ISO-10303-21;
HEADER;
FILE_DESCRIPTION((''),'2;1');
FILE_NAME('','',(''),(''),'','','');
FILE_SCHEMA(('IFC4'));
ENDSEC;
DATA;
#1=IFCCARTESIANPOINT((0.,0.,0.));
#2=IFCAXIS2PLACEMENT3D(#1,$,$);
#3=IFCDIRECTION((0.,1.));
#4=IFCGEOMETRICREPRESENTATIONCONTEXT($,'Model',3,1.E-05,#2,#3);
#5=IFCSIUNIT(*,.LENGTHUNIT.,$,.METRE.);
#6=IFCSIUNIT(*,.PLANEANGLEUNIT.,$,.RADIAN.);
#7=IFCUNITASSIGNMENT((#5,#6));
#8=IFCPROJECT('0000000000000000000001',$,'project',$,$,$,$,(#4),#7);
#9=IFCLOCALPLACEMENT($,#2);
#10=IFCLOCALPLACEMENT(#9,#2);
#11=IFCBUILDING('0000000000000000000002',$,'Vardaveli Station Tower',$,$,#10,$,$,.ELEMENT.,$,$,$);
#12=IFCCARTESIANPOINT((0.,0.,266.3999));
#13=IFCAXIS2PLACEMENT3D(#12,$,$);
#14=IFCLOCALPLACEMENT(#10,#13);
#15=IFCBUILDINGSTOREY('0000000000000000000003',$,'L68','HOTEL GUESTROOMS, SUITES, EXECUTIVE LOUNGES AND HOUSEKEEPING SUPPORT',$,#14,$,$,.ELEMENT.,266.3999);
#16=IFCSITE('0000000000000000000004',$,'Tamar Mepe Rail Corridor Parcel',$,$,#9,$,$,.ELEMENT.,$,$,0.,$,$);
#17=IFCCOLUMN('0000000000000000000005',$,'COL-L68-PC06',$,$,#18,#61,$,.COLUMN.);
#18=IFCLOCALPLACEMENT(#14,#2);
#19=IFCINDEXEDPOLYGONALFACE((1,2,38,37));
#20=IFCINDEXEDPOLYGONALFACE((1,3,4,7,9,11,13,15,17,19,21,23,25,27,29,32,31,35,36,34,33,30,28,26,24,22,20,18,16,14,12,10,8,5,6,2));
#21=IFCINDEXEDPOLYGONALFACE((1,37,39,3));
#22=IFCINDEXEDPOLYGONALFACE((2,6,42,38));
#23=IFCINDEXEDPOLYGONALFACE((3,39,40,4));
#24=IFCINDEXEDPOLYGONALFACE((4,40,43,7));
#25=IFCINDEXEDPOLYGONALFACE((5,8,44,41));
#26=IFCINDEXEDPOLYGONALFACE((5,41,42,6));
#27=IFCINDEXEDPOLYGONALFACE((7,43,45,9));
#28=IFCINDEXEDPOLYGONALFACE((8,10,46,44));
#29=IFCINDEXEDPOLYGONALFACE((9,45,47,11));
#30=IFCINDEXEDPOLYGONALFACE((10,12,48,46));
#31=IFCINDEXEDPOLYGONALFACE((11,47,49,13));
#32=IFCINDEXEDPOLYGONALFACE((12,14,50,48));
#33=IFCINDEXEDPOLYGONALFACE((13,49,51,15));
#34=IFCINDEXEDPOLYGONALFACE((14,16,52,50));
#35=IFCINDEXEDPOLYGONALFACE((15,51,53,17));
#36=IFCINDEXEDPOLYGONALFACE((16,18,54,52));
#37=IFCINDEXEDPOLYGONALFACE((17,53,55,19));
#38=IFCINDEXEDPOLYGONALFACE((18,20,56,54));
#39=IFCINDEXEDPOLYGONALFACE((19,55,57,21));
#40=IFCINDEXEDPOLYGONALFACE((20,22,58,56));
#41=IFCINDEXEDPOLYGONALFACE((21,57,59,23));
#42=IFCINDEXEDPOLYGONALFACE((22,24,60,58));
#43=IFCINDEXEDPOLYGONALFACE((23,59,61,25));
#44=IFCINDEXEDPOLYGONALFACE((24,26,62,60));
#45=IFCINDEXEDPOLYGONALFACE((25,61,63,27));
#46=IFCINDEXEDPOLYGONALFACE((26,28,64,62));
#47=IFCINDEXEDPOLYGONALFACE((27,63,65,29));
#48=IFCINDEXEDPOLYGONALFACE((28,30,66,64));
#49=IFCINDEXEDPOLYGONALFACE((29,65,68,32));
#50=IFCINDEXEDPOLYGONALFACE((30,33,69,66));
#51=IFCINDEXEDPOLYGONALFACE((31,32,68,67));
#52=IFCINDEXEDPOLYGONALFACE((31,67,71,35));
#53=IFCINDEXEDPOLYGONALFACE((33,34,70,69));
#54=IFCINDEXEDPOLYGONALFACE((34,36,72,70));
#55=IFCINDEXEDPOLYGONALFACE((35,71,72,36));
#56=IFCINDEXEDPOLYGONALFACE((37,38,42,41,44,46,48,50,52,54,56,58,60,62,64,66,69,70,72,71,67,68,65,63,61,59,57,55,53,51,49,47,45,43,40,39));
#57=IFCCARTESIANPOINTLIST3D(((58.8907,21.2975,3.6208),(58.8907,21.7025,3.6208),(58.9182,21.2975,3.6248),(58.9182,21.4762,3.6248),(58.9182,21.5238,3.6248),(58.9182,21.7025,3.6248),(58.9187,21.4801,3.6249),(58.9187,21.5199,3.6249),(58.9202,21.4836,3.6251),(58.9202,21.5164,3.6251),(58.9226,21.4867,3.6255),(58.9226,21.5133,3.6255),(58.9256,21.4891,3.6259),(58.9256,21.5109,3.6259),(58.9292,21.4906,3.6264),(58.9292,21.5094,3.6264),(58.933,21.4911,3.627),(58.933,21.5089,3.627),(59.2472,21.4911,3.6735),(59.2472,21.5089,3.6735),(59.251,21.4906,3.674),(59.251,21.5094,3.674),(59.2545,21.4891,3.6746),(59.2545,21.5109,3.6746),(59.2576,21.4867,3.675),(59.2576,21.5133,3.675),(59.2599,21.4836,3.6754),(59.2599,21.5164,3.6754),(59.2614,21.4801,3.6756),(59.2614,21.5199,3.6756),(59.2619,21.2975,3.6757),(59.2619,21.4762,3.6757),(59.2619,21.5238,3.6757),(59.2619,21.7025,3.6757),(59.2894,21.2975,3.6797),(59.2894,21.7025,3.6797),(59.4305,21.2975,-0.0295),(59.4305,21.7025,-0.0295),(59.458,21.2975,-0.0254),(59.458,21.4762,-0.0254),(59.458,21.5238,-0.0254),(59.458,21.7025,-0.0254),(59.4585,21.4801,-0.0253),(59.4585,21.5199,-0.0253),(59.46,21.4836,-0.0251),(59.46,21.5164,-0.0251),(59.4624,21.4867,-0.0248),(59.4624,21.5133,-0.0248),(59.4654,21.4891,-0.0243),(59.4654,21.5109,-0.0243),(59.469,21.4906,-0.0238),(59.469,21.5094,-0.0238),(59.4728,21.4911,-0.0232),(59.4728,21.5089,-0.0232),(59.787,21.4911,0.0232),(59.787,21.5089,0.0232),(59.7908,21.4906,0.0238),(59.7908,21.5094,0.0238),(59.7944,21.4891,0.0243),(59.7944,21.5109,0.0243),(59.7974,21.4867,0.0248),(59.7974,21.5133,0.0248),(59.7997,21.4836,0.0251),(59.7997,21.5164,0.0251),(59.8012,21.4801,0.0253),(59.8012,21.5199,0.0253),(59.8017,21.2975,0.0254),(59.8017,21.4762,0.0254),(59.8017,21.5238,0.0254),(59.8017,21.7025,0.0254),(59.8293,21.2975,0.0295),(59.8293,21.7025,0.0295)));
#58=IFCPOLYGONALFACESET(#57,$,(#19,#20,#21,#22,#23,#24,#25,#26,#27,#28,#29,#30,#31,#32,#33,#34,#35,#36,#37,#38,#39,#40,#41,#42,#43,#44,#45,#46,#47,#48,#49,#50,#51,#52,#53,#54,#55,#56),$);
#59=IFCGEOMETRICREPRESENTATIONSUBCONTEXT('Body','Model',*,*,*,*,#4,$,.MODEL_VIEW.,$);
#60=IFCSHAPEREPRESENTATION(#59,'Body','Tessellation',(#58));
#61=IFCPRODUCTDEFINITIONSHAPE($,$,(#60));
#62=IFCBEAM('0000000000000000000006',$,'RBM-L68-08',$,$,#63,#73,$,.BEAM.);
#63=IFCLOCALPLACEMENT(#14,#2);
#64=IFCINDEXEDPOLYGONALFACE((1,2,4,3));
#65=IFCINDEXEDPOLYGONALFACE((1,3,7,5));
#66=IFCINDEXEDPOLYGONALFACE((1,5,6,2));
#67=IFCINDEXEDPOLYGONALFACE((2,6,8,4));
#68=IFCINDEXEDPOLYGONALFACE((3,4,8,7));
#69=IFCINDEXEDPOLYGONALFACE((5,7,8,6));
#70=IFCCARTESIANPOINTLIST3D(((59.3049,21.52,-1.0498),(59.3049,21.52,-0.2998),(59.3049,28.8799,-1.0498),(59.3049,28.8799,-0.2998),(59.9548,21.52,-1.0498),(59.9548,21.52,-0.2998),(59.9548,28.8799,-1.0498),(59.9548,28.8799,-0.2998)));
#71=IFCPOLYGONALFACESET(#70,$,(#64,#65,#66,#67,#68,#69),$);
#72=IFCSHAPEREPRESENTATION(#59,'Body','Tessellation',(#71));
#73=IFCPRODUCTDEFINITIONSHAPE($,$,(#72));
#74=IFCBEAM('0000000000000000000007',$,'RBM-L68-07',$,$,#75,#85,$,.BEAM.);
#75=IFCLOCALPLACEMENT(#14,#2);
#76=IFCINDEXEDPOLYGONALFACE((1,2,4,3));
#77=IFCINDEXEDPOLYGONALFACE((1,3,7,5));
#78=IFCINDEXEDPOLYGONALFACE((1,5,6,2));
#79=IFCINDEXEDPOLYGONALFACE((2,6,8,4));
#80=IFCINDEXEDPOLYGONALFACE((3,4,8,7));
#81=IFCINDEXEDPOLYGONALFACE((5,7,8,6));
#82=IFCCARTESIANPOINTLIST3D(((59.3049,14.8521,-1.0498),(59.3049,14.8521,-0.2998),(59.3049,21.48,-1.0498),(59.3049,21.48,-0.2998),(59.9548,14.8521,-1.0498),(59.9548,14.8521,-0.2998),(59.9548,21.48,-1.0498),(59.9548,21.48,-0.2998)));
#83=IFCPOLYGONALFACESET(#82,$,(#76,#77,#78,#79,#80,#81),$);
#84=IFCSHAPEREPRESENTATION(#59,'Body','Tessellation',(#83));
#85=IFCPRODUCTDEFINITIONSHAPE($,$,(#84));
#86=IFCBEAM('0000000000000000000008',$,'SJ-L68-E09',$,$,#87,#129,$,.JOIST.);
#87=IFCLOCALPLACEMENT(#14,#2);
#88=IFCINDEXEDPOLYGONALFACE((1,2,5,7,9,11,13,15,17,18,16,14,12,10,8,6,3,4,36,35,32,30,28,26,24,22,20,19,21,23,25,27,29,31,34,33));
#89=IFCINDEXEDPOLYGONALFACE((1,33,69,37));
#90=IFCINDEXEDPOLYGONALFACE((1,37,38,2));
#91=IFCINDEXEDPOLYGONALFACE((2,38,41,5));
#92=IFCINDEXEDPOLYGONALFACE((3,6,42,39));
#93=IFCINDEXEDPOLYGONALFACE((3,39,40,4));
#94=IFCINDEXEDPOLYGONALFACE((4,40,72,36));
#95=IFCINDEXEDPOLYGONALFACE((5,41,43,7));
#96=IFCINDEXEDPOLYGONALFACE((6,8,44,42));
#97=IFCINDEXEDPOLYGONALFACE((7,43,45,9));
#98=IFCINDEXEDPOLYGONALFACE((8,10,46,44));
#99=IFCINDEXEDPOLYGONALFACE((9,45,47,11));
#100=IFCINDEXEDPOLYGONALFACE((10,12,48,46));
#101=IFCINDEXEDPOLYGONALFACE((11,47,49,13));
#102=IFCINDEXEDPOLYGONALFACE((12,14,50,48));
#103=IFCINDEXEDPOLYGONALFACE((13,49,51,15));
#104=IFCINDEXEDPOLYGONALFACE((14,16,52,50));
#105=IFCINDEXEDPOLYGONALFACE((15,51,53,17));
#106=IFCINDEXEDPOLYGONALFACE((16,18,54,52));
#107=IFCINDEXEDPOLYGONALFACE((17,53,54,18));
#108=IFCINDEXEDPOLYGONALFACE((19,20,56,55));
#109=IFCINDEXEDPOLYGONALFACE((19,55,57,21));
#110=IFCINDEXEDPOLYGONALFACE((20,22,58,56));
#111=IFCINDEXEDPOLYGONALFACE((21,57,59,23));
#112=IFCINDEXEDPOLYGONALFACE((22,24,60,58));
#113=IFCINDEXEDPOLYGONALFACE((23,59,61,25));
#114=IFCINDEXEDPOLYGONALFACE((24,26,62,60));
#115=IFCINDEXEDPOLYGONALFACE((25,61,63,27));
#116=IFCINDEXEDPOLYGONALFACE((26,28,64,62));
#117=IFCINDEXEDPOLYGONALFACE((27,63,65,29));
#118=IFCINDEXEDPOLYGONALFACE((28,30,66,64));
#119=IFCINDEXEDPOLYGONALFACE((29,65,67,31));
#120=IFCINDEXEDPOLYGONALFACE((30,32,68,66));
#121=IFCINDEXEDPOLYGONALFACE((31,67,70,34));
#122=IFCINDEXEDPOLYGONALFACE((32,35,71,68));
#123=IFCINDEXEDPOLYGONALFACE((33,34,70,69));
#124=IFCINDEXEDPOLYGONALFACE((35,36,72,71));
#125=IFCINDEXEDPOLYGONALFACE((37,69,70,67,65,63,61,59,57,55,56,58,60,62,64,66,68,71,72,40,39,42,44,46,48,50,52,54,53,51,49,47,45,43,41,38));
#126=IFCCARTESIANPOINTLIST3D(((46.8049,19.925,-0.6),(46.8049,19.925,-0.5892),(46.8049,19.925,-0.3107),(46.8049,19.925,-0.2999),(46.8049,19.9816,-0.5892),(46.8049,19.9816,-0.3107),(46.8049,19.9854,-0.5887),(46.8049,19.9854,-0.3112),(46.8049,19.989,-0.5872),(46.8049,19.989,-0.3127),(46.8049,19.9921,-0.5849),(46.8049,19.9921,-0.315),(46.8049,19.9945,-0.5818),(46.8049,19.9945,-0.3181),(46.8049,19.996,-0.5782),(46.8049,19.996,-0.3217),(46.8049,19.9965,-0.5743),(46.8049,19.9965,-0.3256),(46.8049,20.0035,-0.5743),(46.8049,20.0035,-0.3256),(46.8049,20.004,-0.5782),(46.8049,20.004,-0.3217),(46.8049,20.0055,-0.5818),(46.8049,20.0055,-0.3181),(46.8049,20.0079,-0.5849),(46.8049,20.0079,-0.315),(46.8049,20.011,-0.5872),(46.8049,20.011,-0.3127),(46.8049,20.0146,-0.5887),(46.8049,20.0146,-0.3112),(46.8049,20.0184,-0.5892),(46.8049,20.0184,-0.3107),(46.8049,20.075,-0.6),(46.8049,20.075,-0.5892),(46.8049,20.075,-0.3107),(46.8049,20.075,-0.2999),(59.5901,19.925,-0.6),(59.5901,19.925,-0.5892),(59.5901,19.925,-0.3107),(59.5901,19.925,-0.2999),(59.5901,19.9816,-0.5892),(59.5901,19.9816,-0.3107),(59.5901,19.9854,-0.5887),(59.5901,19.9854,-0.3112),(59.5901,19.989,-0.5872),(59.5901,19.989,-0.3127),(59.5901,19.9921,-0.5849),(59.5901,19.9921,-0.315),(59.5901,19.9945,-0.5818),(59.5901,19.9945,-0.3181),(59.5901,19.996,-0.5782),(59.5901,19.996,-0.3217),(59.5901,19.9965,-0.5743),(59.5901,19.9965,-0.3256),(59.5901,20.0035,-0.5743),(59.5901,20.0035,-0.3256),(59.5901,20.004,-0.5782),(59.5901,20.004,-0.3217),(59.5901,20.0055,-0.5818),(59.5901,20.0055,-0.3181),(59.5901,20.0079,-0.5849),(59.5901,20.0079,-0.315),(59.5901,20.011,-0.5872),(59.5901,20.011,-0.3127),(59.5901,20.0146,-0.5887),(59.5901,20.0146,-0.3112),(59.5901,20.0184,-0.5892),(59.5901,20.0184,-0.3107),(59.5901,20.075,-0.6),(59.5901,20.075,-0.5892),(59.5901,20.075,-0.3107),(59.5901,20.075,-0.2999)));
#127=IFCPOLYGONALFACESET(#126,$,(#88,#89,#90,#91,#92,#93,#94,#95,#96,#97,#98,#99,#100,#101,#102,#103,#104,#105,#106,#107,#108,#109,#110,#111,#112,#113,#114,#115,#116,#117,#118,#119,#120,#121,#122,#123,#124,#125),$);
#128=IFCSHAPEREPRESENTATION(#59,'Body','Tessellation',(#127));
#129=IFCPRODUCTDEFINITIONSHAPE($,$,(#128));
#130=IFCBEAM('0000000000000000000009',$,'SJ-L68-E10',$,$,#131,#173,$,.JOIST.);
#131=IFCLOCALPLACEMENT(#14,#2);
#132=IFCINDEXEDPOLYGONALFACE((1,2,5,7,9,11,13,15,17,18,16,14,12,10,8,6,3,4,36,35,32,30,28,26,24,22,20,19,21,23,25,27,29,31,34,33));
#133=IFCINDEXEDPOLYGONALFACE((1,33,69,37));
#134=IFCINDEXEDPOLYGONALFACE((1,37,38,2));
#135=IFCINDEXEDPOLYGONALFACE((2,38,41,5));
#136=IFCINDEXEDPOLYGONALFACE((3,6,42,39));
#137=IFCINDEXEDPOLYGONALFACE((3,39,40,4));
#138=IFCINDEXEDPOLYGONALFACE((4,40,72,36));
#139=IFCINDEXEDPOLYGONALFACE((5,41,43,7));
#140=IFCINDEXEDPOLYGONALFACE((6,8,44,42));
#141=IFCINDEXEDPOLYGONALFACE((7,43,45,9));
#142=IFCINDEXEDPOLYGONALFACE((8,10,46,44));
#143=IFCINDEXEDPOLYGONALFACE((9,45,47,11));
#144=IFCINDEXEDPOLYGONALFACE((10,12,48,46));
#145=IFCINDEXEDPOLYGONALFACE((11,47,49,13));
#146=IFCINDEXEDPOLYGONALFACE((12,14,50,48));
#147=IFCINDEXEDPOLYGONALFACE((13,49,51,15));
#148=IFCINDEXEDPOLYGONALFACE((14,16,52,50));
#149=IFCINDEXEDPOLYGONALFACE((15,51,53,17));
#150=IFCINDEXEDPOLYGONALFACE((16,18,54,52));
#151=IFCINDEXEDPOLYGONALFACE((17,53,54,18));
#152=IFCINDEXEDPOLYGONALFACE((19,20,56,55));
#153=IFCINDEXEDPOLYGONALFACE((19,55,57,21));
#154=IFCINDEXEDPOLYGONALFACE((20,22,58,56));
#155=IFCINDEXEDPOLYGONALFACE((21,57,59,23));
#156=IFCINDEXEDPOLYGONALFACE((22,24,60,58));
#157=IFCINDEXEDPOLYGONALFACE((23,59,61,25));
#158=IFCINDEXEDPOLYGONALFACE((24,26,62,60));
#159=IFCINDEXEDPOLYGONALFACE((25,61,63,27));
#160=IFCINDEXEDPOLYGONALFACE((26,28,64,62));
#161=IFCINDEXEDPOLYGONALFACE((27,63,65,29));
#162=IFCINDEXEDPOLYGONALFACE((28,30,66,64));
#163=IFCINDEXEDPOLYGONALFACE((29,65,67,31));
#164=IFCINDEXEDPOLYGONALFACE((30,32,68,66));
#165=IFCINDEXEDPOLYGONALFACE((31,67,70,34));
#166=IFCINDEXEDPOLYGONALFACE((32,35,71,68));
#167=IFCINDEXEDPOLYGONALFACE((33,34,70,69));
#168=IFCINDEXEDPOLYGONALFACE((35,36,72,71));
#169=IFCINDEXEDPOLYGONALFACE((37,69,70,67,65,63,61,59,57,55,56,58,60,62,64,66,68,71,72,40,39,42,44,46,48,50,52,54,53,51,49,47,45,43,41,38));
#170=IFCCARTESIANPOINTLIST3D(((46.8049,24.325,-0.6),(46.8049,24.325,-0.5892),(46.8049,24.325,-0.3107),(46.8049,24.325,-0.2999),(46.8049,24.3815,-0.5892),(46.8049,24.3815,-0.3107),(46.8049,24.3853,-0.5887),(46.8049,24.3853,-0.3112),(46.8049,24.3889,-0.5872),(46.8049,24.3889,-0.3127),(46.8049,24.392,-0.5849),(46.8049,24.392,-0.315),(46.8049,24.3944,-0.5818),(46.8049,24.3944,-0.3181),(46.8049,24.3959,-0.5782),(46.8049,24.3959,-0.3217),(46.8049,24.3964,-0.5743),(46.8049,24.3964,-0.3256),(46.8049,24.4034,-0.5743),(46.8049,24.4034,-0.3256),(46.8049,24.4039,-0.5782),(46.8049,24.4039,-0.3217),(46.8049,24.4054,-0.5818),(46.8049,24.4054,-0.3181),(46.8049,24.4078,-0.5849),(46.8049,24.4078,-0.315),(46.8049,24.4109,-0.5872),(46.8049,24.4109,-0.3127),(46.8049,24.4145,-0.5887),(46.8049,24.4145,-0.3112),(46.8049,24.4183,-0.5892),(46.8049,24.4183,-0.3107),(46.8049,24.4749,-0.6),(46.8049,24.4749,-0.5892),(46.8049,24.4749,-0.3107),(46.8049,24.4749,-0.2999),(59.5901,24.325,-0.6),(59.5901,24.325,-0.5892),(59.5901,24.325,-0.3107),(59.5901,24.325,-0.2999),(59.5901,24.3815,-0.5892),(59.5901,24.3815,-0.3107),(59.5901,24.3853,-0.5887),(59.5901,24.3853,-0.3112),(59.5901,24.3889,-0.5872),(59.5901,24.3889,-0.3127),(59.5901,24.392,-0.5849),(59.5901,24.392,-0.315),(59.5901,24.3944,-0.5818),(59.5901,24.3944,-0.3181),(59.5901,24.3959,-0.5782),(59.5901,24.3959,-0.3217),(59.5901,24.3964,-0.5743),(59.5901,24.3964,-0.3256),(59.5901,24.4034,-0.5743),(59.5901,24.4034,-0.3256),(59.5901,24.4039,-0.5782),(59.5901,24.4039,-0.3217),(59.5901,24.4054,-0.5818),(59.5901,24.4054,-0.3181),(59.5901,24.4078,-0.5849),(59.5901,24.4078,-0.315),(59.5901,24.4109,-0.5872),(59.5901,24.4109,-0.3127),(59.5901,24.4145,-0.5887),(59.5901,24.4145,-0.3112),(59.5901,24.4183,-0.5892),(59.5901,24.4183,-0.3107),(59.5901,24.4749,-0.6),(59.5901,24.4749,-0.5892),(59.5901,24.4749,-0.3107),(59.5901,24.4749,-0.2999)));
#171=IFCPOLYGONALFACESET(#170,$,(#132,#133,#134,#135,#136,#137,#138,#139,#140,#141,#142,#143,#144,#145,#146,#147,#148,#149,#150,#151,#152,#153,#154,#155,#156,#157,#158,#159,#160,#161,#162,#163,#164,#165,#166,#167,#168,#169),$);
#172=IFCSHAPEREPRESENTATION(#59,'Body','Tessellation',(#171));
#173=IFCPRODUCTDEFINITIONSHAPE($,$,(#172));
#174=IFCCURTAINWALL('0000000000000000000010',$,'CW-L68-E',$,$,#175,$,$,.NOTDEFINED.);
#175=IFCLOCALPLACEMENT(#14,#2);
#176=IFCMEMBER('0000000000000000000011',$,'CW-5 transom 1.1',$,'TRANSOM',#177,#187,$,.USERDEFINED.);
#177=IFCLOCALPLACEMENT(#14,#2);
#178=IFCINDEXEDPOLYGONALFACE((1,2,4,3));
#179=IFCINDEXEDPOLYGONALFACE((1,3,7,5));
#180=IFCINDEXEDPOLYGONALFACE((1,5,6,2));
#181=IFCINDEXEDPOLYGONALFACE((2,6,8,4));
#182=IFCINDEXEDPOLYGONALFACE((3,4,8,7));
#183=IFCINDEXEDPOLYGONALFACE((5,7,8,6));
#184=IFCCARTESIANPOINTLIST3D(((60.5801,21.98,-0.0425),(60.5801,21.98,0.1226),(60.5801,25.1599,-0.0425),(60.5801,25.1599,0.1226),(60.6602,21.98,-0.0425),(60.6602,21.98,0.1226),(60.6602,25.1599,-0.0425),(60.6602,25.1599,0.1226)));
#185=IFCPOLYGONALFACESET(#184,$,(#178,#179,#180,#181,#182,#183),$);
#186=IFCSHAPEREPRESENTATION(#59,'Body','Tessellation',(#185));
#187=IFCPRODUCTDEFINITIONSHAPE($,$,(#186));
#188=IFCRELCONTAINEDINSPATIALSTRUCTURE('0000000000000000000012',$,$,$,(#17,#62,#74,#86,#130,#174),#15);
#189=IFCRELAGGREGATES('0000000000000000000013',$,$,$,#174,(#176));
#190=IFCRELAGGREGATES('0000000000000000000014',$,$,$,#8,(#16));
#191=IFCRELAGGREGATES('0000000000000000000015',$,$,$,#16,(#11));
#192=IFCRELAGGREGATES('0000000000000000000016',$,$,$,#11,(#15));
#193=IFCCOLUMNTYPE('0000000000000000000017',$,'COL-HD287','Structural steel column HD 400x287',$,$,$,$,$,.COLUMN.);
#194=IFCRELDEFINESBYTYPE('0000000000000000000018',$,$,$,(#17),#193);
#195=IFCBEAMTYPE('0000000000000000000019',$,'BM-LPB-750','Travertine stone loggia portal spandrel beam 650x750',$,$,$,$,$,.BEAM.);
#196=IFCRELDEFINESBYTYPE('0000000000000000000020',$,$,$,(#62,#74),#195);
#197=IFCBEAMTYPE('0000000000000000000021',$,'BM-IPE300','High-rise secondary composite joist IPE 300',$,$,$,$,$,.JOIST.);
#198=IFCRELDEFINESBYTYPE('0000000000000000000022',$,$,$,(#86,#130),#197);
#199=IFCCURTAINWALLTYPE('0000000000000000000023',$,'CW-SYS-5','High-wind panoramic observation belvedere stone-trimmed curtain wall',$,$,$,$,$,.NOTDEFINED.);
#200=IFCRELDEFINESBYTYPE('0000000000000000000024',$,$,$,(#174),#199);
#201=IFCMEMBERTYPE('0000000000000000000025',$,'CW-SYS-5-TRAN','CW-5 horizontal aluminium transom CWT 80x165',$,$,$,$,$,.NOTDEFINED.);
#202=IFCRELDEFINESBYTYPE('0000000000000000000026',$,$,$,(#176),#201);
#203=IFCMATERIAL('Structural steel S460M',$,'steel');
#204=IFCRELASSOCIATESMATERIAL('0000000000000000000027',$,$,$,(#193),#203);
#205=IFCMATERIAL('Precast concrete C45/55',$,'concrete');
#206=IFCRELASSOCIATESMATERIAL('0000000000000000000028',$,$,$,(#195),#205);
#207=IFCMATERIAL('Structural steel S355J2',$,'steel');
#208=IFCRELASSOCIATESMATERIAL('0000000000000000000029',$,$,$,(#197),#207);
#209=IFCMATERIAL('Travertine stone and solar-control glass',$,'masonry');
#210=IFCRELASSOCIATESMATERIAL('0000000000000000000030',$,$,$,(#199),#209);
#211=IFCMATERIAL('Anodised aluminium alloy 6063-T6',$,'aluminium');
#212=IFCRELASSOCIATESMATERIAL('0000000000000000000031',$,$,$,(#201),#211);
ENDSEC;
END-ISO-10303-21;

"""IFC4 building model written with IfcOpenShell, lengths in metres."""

from ifc_helpers import new_model, si_unit, direction, frame, origin, origin_2d, place, context, subcontext, project, spatial, rectangle, i_section, extrude, source, transform, mapped, material, material_profile, profile_set, type_object, element, aggregate, save


model = new_model("IFC4")

# Units and contexts
model_context = context("Model", 3, precision=1e-05, world=origin(), true_north=direction((0.0, 1.0)))
body_context = subcontext(model_context, "Body", "Model", "MODEL_VIEW")
ifc_project = project(units=[si_unit("LENGTHUNIT", "METRE"), si_unit("PLANEANGLEUNIT", "RADIAN")], contexts=[model_context])

# Site, building, storey
site_placement = place(None, origin())
site = spatial("IfcSite", under=ifc_project, at=site_placement, Name="Tamar Mepe Rail Corridor Parcel", CompositionType="ELEMENT", RefElevation=0.0)
building_placement = place(site_placement, origin())
building = spatial("IfcBuilding", under=site, at=building_placement, Name="Vardaveli Station Tower", CompositionType="ELEMENT")
storey_placement = place(building_placement, frame((0.0, 0.0, 266.3999)))
storey = spatial("IfcBuildingStorey", under=building, at=storey_placement, Name="L68", Description="HOTEL GUESTROOMS, SUITES, EXECUTIVE LOUNGES AND HOUSEKEEPING SUPPORT", CompositionType="ELEMENT", Elevation=266.3999)

# Column
ifc_material_1 = material(Name="Structural steel S460M", Category="steel")
ifc_material_profile_1 = material_profile(ifc_material_1, i_section(OverallWidth=0.405, OverallDepth=0.4031, WebThickness=0.0178, FlangeThickness=0.0278, FilletRadius=0.0149, at=origin_2d()), Name="HD 400x287")
ifc_profile_set_1 = profile_set([ifc_material_profile_1], Name="Structural steel S460M")
column_type = type_object("IfcColumnType", Name="COL-HD287", Description="Structural steel column HD 400x287", PredefinedType="COLUMN", material=ifc_profile_set_1)
shared_shape_1 = source(origin(), body_context, "Body", "SweptSolid", [
    extrude(i_section(OverallWidth=0.405, OverallDepth=0.4031, WebThickness=0.0178, FlangeThickness=0.0278, FilletRadius=0.0149, at=origin_2d()), origin(), (0.0, 0.0, 1.0), 3.6899),
])
column_placement = place(storey_placement, frame((59.6299, 21.5, 0.0), z_axis=(-0.146292, 0.0, 0.989241), x_axis=(0.0, -1.0, 0.0)))
element("IfcColumn", 1, at=column_placement, inside=storey, type_object=column_type, Name="COL-L68-PC06", PredefinedType="COLUMN", context=body_context, shape_type="MappedRepresentation", body=[
    mapped(shared_shape_1, transform((0.0, 0.0, 0.0), scale=1.0)),
])

# Beams
ifc_material_2 = material(Name="Precast concrete C45/55", Category="concrete")
ifc_material_profile_2 = material_profile(ifc_material_2, rectangle(XDim=0.6499, YDim=0.75, at=origin_2d()), Name="LPB 650x750")
ifc_profile_set_2 = profile_set([ifc_material_profile_2], Name="Precast concrete C45/55")
beam_type_1 = type_object("IfcBeamType", Name="BM-LPB-750", Description="Travertine stone loggia portal spandrel beam 650x750", PredefinedType="BEAM", material=ifc_profile_set_2)
shared_shape_2 = source(origin(), body_context, "Body", "SweptSolid", [
    extrude(rectangle(XDim=0.6499, YDim=0.75, at=origin_2d()), origin(), (0.0, 0.0, 1.0), 7.3599),
])
beam_1_placement = place(storey_placement, frame((59.6299, 21.52, -0.6748), z_axis=(0.0, 1.0, 0.0), x_axis=(-1.0, 0.0, 0.0)))
element("IfcBeam", 2, at=beam_1_placement, inside=storey, type_object=beam_type_1, Name="RBM-L68-08", PredefinedType="BEAM", context=body_context, shape_type="MappedRepresentation", body=[
    mapped(shared_shape_2, transform((0.0, 0.0, 0.0), scale=1.0)),
])
shared_shape_3 = source(origin(), body_context, "Body", "SweptSolid", [
    extrude(rectangle(XDim=0.6499, YDim=0.75, at=origin_2d()), origin(), (0.0, 0.0, 1.0), 6.6279),
])
beam_2_placement = place(storey_placement, frame((59.6299, 14.8521, -0.6748), z_axis=(0.0, 1.0, 0.0), x_axis=(-1.0, 0.0, 0.0)))
element("IfcBeam", 3, at=beam_2_placement, inside=storey, type_object=beam_type_1, Name="RBM-L68-07", PredefinedType="BEAM", context=body_context, shape_type="MappedRepresentation", body=[
    mapped(shared_shape_3, transform((0.0, 0.0, 0.0), scale=1.0)),
])
ifc_material_3 = material(Name="Structural steel S355J2", Category="steel")
ifc_material_profile_3 = material_profile(ifc_material_3, i_section(OverallWidth=0.1499, OverallDepth=0.3, WebThickness=0.0071, FlangeThickness=0.0107, FilletRadius=0.0149, at=origin_2d()), Name="IPE 300")
ifc_profile_set_3 = profile_set([ifc_material_profile_3], Name="Structural steel S355J2")
beam_type_2 = type_object("IfcBeamType", Name="BM-IPE300", Description="High-rise secondary composite joist IPE 300", PredefinedType="JOIST", material=ifc_profile_set_3)
shared_shape_4 = source(origin(), body_context, "Body", "SweptSolid", [
    extrude(i_section(OverallWidth=0.1499, OverallDepth=0.3, WebThickness=0.0071, FlangeThickness=0.0107, FilletRadius=0.0149, at=origin_2d()), origin(), (0.0, 0.0, 1.0), 12.7852),
])
for number, where, z_axis, x_axis, name in (
    (4, (46.8049, 20.0, -0.45), (1.0, 0.0, 0.0), (0.0, 1.0, 0.0), "SJ-L68-E09"),
    (5, (46.8049, 24.3999, -0.45), (1.0, 0.0, 0.0), (0.0, 1.0, 0.0), "SJ-L68-E10"),
):
    element("IfcBeam", number, at=place(storey_placement, frame(where, z_axis=z_axis, x_axis=x_axis)), inside=storey, type_object=beam_type_2, Name=name, PredefinedType="JOIST", context=body_context, shape_type="MappedRepresentation", body=[
        mapped(shared_shape_4, transform((0.0, 0.0, 0.0), scale=1.0)),
    ])

# Curtain wall, member
ifc_material_4 = material(Name="Travertine stone and solar-control glass", Category="masonry")
curtain_wall_type = type_object("IfcCurtainWallType", Name="CW-SYS-5", Description="High-wind panoramic observation belvedere stone-trimmed curtain wall", PredefinedType="NOTDEFINED", material=ifc_material_4)
curtain_wall_placement = place(storey_placement, origin())
curtain_wall = element("IfcCurtainWall", 6, at=curtain_wall_placement, inside=storey, type_object=curtain_wall_type, Name="CW-L68-E", PredefinedType="NOTDEFINED")
ifc_material_5 = material(Name="Anodised aluminium alloy 6063-T6", Category="aluminium")
ifc_material_profile_4 = material_profile(ifc_material_5, rectangle(XDim=0.0801, YDim=0.165, at=origin_2d()), Name="CWT 80x165")
ifc_profile_set_4 = profile_set([ifc_material_profile_4], Name="Anodised aluminium alloy 6063-T6")
member_type_1 = type_object("IfcMemberType", Name="CW-SYS-5-TRAN", Description="CW-5 horizontal aluminium transom CWT 80x165", PredefinedType="NOTDEFINED", material=ifc_profile_set_4)
shared_shape_5 = source(origin(), body_context, "Body", "SweptSolid", [
    extrude(rectangle(XDim=0.0801, YDim=0.165, at=origin_2d()), origin(), (0.0, 0.0, 1.0), 3.1799),
])
member_1_placement = place(storey_placement, frame((60.6201, 21.98, 0.04), z_axis=(0.0, 1.0, 0.0), x_axis=(-1.0, 0.0, 0.0)))
member_1 = element("IfcMember", 7, at=member_1_placement, type_object=member_type_1, Name="CW-5 transom 1.1", ObjectType="TRANSOM", PredefinedType="USERDEFINED", context=body_context, shape_type="MappedRepresentation", body=[
    mapped(shared_shape_5, transform((0.0, 0.0, 0.0), scale=1.0)),
])
aggregate(curtain_wall, [member_1])

save(model, "model.ifc")
